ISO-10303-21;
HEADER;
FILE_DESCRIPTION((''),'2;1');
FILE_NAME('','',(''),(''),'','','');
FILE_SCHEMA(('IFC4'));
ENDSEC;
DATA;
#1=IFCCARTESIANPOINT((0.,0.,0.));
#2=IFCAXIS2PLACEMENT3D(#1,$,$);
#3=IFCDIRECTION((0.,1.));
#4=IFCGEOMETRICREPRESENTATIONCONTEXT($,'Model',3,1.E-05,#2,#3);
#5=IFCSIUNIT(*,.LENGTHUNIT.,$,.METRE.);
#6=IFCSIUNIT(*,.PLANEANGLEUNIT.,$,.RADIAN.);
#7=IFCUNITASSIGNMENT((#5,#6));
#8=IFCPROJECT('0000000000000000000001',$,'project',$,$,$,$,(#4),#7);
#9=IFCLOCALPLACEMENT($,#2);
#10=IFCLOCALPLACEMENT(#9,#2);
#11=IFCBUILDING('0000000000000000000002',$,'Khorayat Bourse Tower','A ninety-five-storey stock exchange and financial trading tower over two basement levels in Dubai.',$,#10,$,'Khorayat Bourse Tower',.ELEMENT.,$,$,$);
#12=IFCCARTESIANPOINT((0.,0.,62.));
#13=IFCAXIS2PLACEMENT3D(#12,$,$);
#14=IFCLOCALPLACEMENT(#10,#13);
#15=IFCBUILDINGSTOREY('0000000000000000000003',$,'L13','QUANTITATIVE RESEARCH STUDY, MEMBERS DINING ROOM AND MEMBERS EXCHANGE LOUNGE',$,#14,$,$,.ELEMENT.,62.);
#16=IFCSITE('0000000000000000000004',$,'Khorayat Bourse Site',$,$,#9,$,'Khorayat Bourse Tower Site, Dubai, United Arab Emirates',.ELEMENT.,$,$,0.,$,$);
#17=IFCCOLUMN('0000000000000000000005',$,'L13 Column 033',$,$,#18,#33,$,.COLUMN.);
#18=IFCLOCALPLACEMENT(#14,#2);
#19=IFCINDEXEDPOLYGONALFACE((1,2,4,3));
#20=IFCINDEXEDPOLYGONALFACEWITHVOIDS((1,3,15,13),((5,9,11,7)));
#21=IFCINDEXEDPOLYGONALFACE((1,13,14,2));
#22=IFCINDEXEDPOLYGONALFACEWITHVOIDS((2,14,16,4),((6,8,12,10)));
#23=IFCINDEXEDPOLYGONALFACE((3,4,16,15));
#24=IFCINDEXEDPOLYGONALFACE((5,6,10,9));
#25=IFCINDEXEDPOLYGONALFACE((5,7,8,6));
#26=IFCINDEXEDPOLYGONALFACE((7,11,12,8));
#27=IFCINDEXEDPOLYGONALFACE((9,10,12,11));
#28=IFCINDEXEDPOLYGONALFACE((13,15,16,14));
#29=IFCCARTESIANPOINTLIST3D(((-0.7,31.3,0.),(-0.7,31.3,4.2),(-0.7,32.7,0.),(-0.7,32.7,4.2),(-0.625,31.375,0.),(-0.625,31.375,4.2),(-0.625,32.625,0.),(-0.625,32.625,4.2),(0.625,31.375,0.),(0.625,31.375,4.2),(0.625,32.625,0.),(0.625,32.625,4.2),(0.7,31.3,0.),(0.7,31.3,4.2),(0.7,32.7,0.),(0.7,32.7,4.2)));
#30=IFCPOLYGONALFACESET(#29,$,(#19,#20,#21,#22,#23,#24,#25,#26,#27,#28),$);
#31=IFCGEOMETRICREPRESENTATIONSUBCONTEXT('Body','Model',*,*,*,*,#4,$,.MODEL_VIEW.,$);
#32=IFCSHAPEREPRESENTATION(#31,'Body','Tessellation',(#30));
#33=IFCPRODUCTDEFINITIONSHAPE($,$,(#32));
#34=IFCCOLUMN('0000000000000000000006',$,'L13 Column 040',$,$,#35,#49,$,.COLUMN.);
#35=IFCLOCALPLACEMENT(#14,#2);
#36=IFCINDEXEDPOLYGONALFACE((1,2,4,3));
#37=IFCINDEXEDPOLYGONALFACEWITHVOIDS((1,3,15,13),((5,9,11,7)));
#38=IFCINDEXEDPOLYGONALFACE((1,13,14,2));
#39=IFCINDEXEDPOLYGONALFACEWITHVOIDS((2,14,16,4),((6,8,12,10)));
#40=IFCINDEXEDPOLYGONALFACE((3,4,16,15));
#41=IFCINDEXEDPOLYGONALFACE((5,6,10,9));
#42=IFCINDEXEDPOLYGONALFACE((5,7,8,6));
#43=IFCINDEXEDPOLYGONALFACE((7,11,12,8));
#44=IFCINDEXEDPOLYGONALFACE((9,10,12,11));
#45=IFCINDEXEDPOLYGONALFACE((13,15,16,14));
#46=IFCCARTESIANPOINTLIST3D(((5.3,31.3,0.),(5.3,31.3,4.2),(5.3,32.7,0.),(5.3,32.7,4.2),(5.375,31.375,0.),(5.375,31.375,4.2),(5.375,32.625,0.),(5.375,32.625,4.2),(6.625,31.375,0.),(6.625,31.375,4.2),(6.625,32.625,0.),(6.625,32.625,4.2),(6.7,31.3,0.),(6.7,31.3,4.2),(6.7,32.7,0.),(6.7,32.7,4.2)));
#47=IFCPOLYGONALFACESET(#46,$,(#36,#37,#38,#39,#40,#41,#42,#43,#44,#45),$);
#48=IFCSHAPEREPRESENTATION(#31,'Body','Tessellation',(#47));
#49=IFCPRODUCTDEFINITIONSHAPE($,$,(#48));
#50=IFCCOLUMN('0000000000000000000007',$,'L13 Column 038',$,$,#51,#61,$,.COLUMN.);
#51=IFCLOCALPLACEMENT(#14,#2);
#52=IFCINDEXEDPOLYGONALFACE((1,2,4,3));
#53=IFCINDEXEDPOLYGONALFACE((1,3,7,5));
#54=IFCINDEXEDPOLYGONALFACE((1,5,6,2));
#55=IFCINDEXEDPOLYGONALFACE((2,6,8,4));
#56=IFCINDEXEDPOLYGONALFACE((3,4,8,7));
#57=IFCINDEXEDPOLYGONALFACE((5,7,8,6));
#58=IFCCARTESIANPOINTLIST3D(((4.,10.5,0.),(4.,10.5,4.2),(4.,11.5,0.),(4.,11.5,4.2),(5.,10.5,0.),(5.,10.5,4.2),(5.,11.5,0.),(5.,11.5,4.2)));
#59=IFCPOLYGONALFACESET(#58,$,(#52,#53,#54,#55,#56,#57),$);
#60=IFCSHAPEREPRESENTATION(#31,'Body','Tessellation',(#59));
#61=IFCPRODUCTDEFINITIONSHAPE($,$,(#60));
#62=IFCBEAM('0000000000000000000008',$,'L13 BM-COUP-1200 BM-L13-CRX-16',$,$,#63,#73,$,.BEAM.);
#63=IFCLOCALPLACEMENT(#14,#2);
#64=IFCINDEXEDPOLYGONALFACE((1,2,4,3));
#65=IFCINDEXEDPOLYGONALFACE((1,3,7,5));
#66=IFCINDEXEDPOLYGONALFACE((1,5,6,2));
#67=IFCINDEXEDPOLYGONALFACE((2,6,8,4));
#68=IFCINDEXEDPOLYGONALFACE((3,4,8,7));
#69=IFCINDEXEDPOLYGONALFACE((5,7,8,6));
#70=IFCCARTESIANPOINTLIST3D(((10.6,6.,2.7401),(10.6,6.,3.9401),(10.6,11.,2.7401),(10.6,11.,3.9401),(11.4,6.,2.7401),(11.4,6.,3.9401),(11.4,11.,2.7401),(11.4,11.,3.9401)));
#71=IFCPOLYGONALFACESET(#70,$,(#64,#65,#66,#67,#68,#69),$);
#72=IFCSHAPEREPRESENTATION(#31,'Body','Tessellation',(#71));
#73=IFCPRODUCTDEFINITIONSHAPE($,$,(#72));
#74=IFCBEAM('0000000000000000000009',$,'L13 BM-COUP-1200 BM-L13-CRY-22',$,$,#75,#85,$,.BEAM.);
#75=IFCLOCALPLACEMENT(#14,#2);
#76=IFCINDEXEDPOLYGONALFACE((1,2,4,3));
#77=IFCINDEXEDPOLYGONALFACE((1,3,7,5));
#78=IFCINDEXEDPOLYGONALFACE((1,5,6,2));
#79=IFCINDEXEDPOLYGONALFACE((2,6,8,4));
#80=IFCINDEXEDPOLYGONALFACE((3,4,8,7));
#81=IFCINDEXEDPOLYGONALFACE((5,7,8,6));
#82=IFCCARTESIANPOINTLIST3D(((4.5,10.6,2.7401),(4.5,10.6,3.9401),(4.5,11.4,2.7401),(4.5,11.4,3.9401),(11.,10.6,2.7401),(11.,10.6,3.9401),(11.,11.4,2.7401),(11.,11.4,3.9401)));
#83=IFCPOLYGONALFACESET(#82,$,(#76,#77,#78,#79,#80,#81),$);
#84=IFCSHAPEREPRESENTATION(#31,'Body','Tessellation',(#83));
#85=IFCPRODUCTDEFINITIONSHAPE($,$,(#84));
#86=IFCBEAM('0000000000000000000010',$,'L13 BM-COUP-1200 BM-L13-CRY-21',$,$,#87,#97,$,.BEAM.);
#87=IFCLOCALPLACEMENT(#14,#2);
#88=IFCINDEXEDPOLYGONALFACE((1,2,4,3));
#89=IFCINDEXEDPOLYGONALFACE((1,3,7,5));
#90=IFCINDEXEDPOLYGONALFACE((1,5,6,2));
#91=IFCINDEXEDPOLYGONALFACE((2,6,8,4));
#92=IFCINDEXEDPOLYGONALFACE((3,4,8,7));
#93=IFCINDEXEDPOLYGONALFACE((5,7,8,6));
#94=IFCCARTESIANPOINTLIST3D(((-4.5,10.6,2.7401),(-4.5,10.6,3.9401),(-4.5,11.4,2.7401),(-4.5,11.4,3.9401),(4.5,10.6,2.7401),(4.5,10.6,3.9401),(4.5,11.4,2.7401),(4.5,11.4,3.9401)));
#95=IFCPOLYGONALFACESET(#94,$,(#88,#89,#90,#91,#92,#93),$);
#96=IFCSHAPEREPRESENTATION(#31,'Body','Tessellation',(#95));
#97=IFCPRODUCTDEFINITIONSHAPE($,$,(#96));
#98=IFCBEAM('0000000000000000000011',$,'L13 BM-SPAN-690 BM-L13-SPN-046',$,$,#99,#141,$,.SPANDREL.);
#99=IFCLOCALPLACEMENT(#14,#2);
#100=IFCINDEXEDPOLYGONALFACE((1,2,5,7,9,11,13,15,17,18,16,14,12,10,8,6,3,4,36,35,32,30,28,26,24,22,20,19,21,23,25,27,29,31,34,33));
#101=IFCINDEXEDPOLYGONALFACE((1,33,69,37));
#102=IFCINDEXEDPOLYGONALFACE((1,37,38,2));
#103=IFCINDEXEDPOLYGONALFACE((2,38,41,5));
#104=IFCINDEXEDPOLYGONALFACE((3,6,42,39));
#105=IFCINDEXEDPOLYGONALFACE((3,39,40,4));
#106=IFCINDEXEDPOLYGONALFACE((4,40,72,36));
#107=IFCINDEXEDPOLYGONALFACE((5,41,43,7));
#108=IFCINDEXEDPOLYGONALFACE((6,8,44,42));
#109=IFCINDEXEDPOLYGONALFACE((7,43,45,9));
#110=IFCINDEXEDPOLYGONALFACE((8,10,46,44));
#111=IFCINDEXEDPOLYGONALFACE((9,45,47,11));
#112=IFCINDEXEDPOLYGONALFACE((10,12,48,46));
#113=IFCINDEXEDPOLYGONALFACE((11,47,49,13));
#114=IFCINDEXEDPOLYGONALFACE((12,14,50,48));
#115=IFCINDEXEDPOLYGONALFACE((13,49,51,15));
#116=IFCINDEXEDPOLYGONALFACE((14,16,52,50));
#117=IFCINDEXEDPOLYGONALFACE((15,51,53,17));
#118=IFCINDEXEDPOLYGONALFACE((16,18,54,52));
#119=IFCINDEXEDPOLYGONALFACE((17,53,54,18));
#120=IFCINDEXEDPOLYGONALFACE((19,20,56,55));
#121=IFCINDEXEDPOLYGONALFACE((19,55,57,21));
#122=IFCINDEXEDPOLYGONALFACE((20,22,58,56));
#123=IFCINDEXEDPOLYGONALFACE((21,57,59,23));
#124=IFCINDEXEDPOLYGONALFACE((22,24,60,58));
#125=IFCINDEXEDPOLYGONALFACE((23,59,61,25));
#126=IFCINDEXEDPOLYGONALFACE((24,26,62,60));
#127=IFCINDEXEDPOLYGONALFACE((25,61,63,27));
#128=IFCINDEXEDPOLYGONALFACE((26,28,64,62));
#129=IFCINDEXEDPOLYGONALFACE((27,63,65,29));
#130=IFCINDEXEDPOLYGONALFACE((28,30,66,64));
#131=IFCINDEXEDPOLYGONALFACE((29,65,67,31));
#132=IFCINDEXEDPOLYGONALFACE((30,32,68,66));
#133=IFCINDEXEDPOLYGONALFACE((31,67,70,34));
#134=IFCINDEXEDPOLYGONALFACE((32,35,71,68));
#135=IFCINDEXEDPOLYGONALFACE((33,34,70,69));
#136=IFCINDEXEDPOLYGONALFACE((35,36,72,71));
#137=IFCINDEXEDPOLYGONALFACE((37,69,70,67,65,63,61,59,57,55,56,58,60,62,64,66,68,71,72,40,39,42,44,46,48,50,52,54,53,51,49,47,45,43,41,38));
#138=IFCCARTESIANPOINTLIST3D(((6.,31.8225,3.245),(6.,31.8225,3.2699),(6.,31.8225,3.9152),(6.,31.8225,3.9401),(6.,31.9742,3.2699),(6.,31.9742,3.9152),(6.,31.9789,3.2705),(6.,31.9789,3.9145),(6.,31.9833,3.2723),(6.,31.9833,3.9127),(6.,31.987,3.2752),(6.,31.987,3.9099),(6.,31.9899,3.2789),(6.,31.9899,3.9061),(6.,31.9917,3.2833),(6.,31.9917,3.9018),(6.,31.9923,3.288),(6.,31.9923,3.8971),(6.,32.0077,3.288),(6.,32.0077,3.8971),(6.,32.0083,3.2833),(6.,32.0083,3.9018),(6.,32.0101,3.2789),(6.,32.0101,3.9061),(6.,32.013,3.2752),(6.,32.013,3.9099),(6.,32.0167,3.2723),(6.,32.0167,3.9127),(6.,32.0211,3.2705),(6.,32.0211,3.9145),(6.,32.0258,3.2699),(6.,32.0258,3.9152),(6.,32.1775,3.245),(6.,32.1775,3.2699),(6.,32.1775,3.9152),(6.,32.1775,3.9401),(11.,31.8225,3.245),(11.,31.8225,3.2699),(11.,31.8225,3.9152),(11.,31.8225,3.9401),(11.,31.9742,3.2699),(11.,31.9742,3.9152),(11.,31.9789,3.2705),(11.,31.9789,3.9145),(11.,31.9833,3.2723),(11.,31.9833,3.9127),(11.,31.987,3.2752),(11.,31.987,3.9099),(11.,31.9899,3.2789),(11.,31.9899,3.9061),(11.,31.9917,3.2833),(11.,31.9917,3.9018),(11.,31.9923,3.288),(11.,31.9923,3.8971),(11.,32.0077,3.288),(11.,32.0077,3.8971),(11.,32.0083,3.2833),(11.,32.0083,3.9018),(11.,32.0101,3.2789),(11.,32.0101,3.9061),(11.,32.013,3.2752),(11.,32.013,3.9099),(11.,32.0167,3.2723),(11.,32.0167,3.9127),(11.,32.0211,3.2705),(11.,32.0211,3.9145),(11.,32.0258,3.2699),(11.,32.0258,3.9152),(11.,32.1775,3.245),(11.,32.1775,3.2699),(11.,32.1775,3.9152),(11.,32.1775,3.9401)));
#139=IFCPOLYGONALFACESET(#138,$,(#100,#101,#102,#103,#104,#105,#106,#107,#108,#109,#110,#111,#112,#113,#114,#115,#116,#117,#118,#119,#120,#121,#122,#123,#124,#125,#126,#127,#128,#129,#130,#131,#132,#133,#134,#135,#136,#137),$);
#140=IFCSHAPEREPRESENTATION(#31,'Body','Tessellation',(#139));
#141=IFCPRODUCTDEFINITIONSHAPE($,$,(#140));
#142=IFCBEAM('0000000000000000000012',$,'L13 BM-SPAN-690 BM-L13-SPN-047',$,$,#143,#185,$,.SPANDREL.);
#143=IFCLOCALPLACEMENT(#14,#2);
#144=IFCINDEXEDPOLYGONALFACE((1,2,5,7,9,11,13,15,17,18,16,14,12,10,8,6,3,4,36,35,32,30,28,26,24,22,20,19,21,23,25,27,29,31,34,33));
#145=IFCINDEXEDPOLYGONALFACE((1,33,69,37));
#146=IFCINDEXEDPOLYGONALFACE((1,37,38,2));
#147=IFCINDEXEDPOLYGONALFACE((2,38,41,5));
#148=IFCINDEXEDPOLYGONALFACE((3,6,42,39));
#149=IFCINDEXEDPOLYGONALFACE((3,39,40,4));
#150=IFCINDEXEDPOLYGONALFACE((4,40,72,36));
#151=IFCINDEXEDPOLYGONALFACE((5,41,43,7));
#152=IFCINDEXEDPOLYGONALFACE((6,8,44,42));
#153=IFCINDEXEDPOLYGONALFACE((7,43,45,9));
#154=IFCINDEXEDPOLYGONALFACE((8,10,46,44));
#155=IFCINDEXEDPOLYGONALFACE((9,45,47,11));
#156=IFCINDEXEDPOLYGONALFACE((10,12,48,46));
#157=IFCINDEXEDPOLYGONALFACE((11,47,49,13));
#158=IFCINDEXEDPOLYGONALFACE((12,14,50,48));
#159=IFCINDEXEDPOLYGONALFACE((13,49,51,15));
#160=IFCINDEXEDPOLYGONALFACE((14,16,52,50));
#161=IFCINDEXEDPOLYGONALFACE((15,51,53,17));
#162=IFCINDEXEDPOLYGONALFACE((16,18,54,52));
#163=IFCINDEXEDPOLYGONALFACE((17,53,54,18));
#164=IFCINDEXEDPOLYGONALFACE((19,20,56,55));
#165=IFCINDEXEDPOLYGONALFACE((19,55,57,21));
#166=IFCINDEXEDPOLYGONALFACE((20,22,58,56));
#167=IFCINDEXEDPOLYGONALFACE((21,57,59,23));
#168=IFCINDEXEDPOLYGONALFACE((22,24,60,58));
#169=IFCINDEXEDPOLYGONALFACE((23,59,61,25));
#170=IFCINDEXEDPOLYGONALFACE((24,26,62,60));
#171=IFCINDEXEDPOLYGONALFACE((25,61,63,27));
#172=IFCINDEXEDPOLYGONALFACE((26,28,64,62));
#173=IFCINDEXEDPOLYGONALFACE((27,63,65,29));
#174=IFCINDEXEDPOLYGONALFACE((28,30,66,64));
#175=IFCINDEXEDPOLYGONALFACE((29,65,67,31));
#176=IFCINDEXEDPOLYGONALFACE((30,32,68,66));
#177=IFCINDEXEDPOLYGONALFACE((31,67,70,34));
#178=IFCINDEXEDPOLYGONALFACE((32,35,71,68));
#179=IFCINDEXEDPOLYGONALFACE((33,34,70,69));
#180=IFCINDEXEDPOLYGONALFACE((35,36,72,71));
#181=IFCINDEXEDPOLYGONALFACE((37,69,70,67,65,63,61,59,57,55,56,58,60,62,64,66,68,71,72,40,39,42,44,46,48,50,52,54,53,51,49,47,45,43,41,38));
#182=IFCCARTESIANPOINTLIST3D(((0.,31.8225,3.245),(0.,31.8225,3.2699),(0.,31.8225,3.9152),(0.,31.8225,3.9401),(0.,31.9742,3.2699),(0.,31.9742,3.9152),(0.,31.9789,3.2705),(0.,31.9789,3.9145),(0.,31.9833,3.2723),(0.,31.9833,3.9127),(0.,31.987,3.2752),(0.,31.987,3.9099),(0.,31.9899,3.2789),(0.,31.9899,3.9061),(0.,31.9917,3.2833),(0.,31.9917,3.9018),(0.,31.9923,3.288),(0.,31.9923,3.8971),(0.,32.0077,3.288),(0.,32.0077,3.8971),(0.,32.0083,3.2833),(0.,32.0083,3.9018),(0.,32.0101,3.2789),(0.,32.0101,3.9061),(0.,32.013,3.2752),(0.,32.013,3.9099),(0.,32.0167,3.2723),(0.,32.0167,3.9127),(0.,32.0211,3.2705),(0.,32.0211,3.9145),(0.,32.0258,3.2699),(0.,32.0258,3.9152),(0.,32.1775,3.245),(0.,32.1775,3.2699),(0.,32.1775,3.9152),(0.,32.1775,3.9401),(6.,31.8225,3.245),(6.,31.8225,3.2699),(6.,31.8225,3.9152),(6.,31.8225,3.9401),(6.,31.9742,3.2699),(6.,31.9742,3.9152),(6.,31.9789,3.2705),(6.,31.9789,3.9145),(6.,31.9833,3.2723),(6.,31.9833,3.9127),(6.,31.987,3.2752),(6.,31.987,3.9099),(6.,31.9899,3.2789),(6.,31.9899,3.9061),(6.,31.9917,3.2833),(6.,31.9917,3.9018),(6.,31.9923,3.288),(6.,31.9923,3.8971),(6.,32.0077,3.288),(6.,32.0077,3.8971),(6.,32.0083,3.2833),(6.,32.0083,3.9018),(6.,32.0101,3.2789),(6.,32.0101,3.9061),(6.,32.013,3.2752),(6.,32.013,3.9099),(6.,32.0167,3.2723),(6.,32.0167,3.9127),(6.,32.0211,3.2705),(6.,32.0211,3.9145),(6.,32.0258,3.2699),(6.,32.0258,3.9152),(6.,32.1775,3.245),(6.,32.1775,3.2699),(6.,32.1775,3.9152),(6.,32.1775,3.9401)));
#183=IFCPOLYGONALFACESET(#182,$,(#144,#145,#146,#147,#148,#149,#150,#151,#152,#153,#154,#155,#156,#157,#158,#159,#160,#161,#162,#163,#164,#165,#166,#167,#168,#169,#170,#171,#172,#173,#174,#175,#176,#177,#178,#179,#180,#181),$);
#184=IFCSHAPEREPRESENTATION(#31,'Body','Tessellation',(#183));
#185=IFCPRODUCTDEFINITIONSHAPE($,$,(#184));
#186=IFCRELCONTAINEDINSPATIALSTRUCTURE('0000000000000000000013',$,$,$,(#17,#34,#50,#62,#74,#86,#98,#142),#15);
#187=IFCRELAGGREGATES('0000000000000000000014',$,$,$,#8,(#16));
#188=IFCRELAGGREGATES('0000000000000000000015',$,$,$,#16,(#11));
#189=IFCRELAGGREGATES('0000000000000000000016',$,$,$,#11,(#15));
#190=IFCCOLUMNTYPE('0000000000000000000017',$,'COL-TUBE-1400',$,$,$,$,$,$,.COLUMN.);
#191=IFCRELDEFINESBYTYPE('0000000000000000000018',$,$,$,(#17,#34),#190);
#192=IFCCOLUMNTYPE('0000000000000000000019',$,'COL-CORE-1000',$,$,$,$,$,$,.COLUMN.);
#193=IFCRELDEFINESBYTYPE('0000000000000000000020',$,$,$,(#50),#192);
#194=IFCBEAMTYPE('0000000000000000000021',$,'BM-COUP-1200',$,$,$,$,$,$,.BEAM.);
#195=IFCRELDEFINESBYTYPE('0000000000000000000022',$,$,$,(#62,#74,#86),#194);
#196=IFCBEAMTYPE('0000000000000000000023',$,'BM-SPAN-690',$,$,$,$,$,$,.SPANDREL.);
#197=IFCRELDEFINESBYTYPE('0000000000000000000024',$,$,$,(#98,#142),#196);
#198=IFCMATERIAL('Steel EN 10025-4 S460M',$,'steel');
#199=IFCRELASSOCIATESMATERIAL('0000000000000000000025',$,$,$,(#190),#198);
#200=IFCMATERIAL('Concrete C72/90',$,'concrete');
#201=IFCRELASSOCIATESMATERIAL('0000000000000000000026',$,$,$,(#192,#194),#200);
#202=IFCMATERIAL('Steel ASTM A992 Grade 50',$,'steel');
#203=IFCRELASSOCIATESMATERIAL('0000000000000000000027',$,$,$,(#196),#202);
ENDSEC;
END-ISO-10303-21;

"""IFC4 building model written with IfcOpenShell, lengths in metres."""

from ifc_helpers import new_model, si_unit, direction, frame, origin, origin_2d, place, context, subcontext, project, spatial, rectangle, hollow_rectangle, i_section, extrude, source, transform, mapped, material, material_profile, profile_set, type_object, element, save


model = new_model("IFC4")

# Units and contexts
model_context = context("Model", 3, precision=1e-05, world=origin(), true_north=direction((0.0, 1.0)))
body_context = subcontext(model_context, "Body", "Model", "MODEL_VIEW")
ifc_project = project(units=[si_unit("LENGTHUNIT", "METRE"), si_unit("PLANEANGLEUNIT", "RADIAN")], contexts=[model_context])

# Site, building, storey
site_placement = place(None, origin())
site = spatial("IfcSite", under=ifc_project, at=site_placement, Name="Khorayat Bourse Site", LongName="Khorayat Bourse Tower Site, Dubai, United Arab Emirates", CompositionType="ELEMENT", RefElevation=0.0)
building_placement = place(site_placement, origin())
building = spatial("IfcBuilding", under=site, at=building_placement, Name="Khorayat Bourse Tower", Description="A ninety-five-storey stock exchange and financial trading tower over two basement levels in Dubai.", LongName="Khorayat Bourse Tower", CompositionType="ELEMENT")
storey_placement = place(building_placement, frame((0.0, 0.0, 62.0)))
storey = spatial("IfcBuildingStorey", under=building, at=storey_placement, Name="L13", Description="QUANTITATIVE RESEARCH STUDY, MEMBERS DINING ROOM AND MEMBERS EXCHANGE LOUNGE", CompositionType="ELEMENT", Elevation=62.0)

# Columns
ifc_material_1 = material(Name="Steel EN 10025-4 S460M", Category="steel")
ifc_material_profile_1 = material_profile(ifc_material_1, hollow_rectangle(XDim=1.3999, YDim=1.3999, WallThickness=0.075, at=origin_2d()), Name="BOX 1400x1400x75")
ifc_profile_set_1 = profile_set([ifc_material_profile_1], Name="Steel EN 10025-4 S460M")
column_type_1 = type_object("IfcColumnType", Name="COL-TUBE-1400", PredefinedType="COLUMN", material=ifc_profile_set_1)
shared_shape_1 = source(origin(), body_context, "Body", "SweptSolid", [
    extrude(hollow_rectangle(XDim=1.3999, YDim=1.3999, WallThickness=0.075, at=origin_2d()), origin(), (0.0, 0.0, 1.0), 4.2),
])
for number, where, z_axis, x_axis, name in (
    (1, (0.0, 32.0, 0.0), (0.0, 0.0, 1.0), (1.0, 0.0, 0.0), "L13 Column 033"),
    (2, (6.0, 32.0, 0.0), (0.0, 0.0, 1.0), (1.0, 0.0, 0.0), "L13 Column 040"),
):
    element("IfcColumn", number, at=place(storey_placement, frame(where, z_axis=z_axis, x_axis=x_axis)), inside=storey, type_object=column_type_1, Name=name, PredefinedType="COLUMN", context=body_context, shape_type="MappedRepresentation", body=[
        mapped(shared_shape_1, transform((0.0, 0.0, 0.0), scale=1.0)),
    ])
ifc_material_2 = material(Name="Concrete C72/90", Category="concrete")
ifc_material_profile_2 = material_profile(ifc_material_2, rectangle(XDim=1.0, YDim=1.0, at=origin_2d()), Name="RC 1000x1000")
ifc_profile_set_2 = profile_set([ifc_material_profile_2], Name="Concrete C72/90")
column_type_2 = type_object("IfcColumnType", Name="COL-CORE-1000", PredefinedType="COLUMN", material=ifc_profile_set_2)
shared_shape_2 = source(origin(), body_context, "Body", "SweptSolid", [
    extrude(rectangle(XDim=1.0, YDim=1.0, at=origin_2d()), origin(), (0.0, 0.0, 1.0), 4.2),
])
column_placement = place(storey_placement, frame((4.5, 11.0, 0.0), z_axis=(0.0, 0.0, 1.0), x_axis=(1.0, 0.0, 0.0)))
element("IfcColumn", 3, at=column_placement, inside=storey, type_object=column_type_2, Name="L13 Column 038", PredefinedType="COLUMN", context=body_context, shape_type="MappedRepresentation", body=[
    mapped(shared_shape_2, transform((0.0, 0.0, 0.0), scale=1.0)),
])

# Beams
ifc_material_profile_3 = material_profile(ifc_material_2, rectangle(XDim=0.8, YDim=1.2, at=origin_2d()), Name="RC 800x1200")
ifc_profile_set_3 = profile_set([ifc_material_profile_3], Name="Concrete C72/90")
beam_type_1 = type_object("IfcBeamType", Name="BM-COUP-1200", PredefinedType="BEAM", material=ifc_profile_set_3)
shared_shape_3 = source(origin(), body_context, "Body", "SweptSolid", [
    extrude(rectangle(XDim=0.8, YDim=1.2, at=origin_2d()), origin(), (0.0, 0.0, 1.0), 5.0),
])
beam_1_placement = place(storey_placement, frame((11.0, 6.0, 3.3401), z_axis=(0.0, 1.0, 0.0), x_axis=(-1.0, 0.0, 0.0)))
element("IfcBeam", 4, at=beam_1_placement, inside=storey, type_object=beam_type_1, Name="L13 BM-COUP-1200 BM-L13-CRX-16", PredefinedType="BEAM", context=body_context, shape_type="MappedRepresentation", body=[
    mapped(shared_shape_3, transform((0.0, 0.0, 0.0), scale=1.0)),
])
shared_shape_4 = source(origin(), body_context, "Body", "SweptSolid", [
    extrude(rectangle(XDim=0.8, YDim=1.2, at=origin_2d()), origin(), (0.0, 0.0, 1.0), 6.5),
])
beam_2_placement = place(storey_placement, frame((4.5, 11.0, 3.3401), z_axis=(1.0, 0.0, 0.0), x_axis=(0.0, 1.0, 0.0)))
element("IfcBeam", 5, at=beam_2_placement, inside=storey, type_object=beam_type_1, Name="L13 BM-COUP-1200 BM-L13-CRY-22", PredefinedType="BEAM", context=body_context, shape_type="MappedRepresentation", body=[
    mapped(shared_shape_4, transform((0.0, 0.0, 0.0), scale=1.0)),
])
shared_shape_5 = source(origin(), body_context, "Body", "SweptSolid", [
    extrude(rectangle(XDim=0.8, YDim=1.2, at=origin_2d()), origin(), (0.0, 0.0, 1.0), 9.0),
])
beam_3_placement = place(storey_placement, frame((-4.5, 11.0, 3.3401), z_axis=(1.0, 0.0, 0.0), x_axis=(0.0, 1.0, 0.0)))
element("IfcBeam", 6, at=beam_3_placement, inside=storey, type_object=beam_type_1, Name="L13 BM-COUP-1200 BM-L13-CRY-21", PredefinedType="BEAM", context=body_context, shape_type="MappedRepresentation", body=[
    mapped(shared_shape_5, transform((0.0, 0.0, 0.0), scale=1.0)),
])
ifc_material_3 = material(Name="Steel ASTM A992 Grade 50", Category="steel")
ifc_material_profile_4 = material_profile(ifc_material_3, i_section(OverallWidth=0.355, OverallDepth=0.6951, WebThickness=0.0154, FlangeThickness=0.0249, FilletRadius=0.0181, at=origin_2d()), Name="W690X217")
ifc_profile_set_4 = profile_set([ifc_material_profile_4], Name="Steel ASTM A992 Grade 50")
beam_type_2 = type_object("IfcBeamType", Name="BM-SPAN-690", PredefinedType="SPANDREL", material=ifc_profile_set_4)
shared_shape_6 = source(origin(), body_context, "Body", "SweptSolid", [
    extrude(i_section(OverallWidth=0.355, OverallDepth=0.6951, WebThickness=0.0154, FlangeThickness=0.0249, FilletRadius=0.0181, at=origin_2d()), origin(), (0.0, 0.0, 1.0), 5.0),
])
beam_4_placement = place(storey_placement, frame((6.0, 32.0, 3.5925), z_axis=(1.0, 0.0, 0.0), x_axis=(0.0, 1.0, 0.0)))
element("IfcBeam", 7, at=beam_4_placement, inside=storey, type_object=beam_type_2, Name="L13 BM-SPAN-690 BM-L13-SPN-046", PredefinedType="SPANDREL", context=body_context, shape_type="MappedRepresentation", body=[
    mapped(shared_shape_6, transform((0.0, 0.0, 0.0), scale=1.0)),
])
shared_shape_7 = source(origin(), body_context, "Body", "SweptSolid", [
    extrude(i_section(OverallWidth=0.355, OverallDepth=0.6951, WebThickness=0.0154, FlangeThickness=0.0249, FilletRadius=0.0181, at=origin_2d()), origin(), (0.0, 0.0, 1.0), 6.0),
])
beam_5_placement = place(storey_placement, frame((0.0, 32.0, 3.5925), z_axis=(1.0, 0.0, 0.0), x_axis=(0.0, 1.0, 0.0)))
element("IfcBeam", 8, at=beam_5_placement, inside=storey, type_object=beam_type_2, Name="L13 BM-SPAN-690 BM-L13-SPN-047", PredefinedType="SPANDREL", context=body_context, shape_type="MappedRepresentation", body=[
    mapped(shared_shape_7, transform((0.0, 0.0, 0.0), scale=1.0)),
])

save(model, "model.ifc")
